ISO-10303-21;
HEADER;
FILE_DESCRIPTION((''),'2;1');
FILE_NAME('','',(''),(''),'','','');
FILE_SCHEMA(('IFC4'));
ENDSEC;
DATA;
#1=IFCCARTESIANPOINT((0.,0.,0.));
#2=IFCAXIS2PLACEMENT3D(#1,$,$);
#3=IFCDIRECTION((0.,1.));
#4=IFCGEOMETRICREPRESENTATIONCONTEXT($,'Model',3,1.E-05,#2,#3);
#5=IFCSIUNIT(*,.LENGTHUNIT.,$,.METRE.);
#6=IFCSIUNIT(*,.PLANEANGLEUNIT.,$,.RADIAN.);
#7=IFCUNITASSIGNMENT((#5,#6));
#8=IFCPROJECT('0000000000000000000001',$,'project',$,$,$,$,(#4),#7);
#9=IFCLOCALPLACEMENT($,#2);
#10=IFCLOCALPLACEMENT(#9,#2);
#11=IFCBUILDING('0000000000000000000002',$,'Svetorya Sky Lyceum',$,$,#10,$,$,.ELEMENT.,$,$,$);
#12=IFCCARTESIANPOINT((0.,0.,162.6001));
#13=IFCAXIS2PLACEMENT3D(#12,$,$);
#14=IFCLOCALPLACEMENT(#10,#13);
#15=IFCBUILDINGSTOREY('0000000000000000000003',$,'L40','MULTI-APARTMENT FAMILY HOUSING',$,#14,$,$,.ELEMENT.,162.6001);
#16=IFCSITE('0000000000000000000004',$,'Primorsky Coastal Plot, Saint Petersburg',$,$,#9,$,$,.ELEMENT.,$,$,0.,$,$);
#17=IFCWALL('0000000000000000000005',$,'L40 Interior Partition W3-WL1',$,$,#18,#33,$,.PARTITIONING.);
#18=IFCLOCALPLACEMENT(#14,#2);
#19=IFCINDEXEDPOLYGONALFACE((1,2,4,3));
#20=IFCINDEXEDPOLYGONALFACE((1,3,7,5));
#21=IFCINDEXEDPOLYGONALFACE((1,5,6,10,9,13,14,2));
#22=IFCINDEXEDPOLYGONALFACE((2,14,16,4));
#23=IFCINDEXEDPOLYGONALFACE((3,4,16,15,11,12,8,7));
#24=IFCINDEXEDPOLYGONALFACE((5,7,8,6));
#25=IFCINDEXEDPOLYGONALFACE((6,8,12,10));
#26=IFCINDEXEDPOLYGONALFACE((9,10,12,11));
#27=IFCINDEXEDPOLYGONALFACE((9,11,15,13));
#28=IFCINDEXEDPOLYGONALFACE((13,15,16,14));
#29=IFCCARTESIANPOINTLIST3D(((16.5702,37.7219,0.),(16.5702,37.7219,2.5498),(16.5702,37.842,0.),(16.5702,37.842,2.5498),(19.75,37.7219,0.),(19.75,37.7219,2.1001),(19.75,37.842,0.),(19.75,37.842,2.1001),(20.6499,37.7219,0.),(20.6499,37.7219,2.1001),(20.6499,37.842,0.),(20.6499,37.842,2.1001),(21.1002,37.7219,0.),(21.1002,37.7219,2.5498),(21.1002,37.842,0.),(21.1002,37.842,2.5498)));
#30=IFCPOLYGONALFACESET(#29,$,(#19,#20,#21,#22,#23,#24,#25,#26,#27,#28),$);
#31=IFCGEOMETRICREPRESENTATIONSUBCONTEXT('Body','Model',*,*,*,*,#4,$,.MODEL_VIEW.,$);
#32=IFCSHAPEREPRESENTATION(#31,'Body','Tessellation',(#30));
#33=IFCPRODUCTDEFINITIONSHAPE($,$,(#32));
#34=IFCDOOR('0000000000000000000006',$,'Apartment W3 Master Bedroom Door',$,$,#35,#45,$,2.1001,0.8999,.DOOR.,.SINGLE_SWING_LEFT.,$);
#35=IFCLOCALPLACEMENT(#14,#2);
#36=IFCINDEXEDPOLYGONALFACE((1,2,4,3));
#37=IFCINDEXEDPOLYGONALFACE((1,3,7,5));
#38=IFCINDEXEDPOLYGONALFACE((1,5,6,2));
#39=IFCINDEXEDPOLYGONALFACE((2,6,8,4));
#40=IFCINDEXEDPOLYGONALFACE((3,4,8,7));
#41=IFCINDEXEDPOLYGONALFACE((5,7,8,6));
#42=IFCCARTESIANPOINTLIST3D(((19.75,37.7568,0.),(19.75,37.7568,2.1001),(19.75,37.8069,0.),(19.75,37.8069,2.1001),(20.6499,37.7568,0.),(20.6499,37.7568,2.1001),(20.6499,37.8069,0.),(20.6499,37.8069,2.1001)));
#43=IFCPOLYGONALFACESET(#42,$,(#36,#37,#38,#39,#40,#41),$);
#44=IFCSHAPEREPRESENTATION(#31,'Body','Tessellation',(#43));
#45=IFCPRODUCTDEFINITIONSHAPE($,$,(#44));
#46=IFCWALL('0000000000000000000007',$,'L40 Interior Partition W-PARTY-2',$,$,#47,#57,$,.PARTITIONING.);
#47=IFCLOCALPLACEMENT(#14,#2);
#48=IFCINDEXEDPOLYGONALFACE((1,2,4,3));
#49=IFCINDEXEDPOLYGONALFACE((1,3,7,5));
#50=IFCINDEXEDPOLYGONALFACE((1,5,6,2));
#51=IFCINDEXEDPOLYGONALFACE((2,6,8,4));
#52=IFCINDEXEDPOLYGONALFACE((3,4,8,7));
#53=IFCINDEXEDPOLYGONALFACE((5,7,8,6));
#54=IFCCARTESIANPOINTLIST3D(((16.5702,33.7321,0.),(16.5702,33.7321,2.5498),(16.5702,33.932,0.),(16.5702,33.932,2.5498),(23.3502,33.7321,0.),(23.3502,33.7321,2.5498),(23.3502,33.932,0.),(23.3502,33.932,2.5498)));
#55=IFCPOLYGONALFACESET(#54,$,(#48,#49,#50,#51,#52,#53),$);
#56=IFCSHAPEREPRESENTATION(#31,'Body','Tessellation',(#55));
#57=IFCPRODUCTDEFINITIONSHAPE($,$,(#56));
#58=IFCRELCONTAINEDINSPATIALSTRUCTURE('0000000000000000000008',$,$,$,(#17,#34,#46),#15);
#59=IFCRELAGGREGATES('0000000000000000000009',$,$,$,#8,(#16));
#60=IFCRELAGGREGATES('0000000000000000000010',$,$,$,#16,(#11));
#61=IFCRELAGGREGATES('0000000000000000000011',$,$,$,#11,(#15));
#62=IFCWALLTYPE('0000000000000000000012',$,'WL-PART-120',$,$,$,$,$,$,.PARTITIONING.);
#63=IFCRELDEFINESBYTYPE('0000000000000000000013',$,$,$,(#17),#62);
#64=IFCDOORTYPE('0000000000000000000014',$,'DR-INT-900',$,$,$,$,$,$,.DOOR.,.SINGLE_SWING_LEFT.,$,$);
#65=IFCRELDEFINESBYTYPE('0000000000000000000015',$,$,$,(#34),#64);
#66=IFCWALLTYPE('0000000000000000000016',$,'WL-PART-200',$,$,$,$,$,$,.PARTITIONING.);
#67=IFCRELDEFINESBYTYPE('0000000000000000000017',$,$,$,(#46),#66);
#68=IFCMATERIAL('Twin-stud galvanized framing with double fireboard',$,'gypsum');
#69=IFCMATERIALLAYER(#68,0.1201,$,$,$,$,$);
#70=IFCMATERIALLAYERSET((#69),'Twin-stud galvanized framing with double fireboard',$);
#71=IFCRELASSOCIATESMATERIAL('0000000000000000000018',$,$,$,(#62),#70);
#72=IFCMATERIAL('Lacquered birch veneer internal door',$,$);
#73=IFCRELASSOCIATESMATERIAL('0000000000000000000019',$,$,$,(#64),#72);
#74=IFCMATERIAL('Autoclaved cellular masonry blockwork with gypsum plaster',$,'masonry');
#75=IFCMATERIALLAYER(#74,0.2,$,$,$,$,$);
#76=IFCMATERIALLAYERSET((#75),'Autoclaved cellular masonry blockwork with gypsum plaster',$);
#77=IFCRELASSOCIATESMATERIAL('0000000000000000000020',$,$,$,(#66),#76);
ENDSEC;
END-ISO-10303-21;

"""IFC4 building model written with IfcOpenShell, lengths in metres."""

from ifc_helpers import new_model, si_unit, direction, frame, frame_2d, origin, place, context, subcontext, project, spatial, rectangle, extrude, material, layer, layer_set, type_object, element, fill, save


model = new_model("IFC4")

# Units and contexts
model_context = context("Model", 3, precision=1e-05, world=origin(), true_north=direction((0.0, 1.0)))
body_context = subcontext(model_context, "Body", "Model", "MODEL_VIEW")
ifc_project = project(units=[si_unit("LENGTHUNIT", "METRE"), si_unit("PLANEANGLEUNIT", "RADIAN")], contexts=[model_context])

# Site, building, storey
site_placement = place(None, origin())
site = spatial("IfcSite", under=ifc_project, at=site_placement, Name="Primorsky Coastal Plot, Saint Petersburg", CompositionType="ELEMENT", RefElevation=0.0)
building_placement = place(site_placement, origin())
building = spatial("IfcBuilding", under=site, at=building_placement, Name="Svetorya Sky Lyceum", CompositionType="ELEMENT")
storey_placement = place(building_placement, frame((0.0, 0.0, 162.6001)))
storey = spatial("IfcBuildingStorey", under=building, at=storey_placement, Name="L40", Description="MULTI-APARTMENT FAMILY HOUSING", CompositionType="ELEMENT", Elevation=162.6001)

# Wall, opening, door
ifc_material_1 = material(Name="Twin-stud galvanized framing with double fireboard", Category="gypsum")
ifc_layer_1 = layer(ifc_material_1, 0.1201)
ifc_layer_set_1 = layer_set([ifc_layer_1], Name="Twin-stud galvanized framing with double fireboard")
wall_type_1 = type_object("IfcWallType", Name="WL-PART-120", PredefinedType="PARTITIONING", material=ifc_layer_set_1)
ifc_material_2 = material(Name="Lacquered birch veneer internal door")
door_type_1 = type_object("IfcDoorType", Name="DR-INT-900", OperationType="SINGLE_SWING_LEFT", PredefinedType="DOOR", material=ifc_material_2)
wall_1_placement = place(storey_placement, frame((16.5701, 37.782, 0.0), z_axis=(0.0, 0.0, 1.0), x_axis=(1.0, 0.0, 0.0)))
wall_1 = element("IfcWall", 1, at=wall_1_placement, inside=storey, type_object=wall_type_1, Name="L40 Interior Partition W3-WL1", PredefinedType="PARTITIONING", context=body_context, shape_type="SweptSolid", body=[
    extrude(rectangle(XDim=4.53, YDim=0.1201, at=frame_2d((2.2651, 0.0))), origin(), (0.0, 0.0, 1.0), 2.5498),
])
opening_1_placement = place(wall_1_placement, frame((3.1799, 0.0, 0.0)))
opening_1 = element("IfcOpeningElement", 2, at=opening_1_placement, cuts=wall_1, PredefinedType="OPENING", context=body_context, shape_type="SweptSolid", body=[
    extrude(rectangle(XDim=0.8999, YDim=2.1001, at=frame_2d((0.45, 1.05))), frame((0.0, 0.0701, 0.0), z_axis=(0.0, -1.0, 0.0), x_axis=(1.0, 0.0, 0.0)), (0.0, 0.0, 1.0), 0.1401),
])
door_1_placement = place(opening_1_placement, origin())
door_1 = element("IfcDoor", 3, at=door_1_placement, inside=storey, type_object=door_type_1, Name="Apartment W3 Master Bedroom Door", OperationType="SINGLE_SWING_LEFT", OverallHeight=2.1001, OverallWidth=0.8999, PredefinedType="DOOR", context=body_context, shape_type="SweptSolid", body=[
    extrude(rectangle(XDim=0.8999, YDim=2.1001, at=frame_2d((0.45, 1.05))), frame((0.0, 0.0249, 0.0), z_axis=(0.0, -1.0, 0.0), x_axis=(1.0, 0.0, 0.0)), (0.0, 0.0, 1.0), 0.05),
])
fill(opening_1, door_1)

# Wall
ifc_material_3 = material(Name="Autoclaved cellular masonry blockwork with gypsum plaster", Category="masonry")
ifc_layer_2 = layer(ifc_material_3, 0.2)
ifc_layer_set_2 = layer_set([ifc_layer_2], Name="Autoclaved cellular masonry blockwork with gypsum plaster")
wall_type_2 = type_object("IfcWallType", Name="WL-PART-200", PredefinedType="PARTITIONING", material=ifc_layer_set_2)
wall_2_placement = place(storey_placement, frame((16.5701, 33.832, 0.0), z_axis=(0.0, 0.0, 1.0), x_axis=(1.0, 0.0, 0.0)))
element("IfcWall", 4, at=wall_2_placement, inside=storey, type_object=wall_type_2, Name="L40 Interior Partition W-PARTY-2", PredefinedType="PARTITIONING", context=body_context, shape_type="SweptSolid", body=[
    extrude(rectangle(XDim=6.78, YDim=0.2, at=frame_2d((3.3901, 0.0))), origin(), (0.0, 0.0, 1.0), 2.5498),
])

save(model, "model.ifc")
